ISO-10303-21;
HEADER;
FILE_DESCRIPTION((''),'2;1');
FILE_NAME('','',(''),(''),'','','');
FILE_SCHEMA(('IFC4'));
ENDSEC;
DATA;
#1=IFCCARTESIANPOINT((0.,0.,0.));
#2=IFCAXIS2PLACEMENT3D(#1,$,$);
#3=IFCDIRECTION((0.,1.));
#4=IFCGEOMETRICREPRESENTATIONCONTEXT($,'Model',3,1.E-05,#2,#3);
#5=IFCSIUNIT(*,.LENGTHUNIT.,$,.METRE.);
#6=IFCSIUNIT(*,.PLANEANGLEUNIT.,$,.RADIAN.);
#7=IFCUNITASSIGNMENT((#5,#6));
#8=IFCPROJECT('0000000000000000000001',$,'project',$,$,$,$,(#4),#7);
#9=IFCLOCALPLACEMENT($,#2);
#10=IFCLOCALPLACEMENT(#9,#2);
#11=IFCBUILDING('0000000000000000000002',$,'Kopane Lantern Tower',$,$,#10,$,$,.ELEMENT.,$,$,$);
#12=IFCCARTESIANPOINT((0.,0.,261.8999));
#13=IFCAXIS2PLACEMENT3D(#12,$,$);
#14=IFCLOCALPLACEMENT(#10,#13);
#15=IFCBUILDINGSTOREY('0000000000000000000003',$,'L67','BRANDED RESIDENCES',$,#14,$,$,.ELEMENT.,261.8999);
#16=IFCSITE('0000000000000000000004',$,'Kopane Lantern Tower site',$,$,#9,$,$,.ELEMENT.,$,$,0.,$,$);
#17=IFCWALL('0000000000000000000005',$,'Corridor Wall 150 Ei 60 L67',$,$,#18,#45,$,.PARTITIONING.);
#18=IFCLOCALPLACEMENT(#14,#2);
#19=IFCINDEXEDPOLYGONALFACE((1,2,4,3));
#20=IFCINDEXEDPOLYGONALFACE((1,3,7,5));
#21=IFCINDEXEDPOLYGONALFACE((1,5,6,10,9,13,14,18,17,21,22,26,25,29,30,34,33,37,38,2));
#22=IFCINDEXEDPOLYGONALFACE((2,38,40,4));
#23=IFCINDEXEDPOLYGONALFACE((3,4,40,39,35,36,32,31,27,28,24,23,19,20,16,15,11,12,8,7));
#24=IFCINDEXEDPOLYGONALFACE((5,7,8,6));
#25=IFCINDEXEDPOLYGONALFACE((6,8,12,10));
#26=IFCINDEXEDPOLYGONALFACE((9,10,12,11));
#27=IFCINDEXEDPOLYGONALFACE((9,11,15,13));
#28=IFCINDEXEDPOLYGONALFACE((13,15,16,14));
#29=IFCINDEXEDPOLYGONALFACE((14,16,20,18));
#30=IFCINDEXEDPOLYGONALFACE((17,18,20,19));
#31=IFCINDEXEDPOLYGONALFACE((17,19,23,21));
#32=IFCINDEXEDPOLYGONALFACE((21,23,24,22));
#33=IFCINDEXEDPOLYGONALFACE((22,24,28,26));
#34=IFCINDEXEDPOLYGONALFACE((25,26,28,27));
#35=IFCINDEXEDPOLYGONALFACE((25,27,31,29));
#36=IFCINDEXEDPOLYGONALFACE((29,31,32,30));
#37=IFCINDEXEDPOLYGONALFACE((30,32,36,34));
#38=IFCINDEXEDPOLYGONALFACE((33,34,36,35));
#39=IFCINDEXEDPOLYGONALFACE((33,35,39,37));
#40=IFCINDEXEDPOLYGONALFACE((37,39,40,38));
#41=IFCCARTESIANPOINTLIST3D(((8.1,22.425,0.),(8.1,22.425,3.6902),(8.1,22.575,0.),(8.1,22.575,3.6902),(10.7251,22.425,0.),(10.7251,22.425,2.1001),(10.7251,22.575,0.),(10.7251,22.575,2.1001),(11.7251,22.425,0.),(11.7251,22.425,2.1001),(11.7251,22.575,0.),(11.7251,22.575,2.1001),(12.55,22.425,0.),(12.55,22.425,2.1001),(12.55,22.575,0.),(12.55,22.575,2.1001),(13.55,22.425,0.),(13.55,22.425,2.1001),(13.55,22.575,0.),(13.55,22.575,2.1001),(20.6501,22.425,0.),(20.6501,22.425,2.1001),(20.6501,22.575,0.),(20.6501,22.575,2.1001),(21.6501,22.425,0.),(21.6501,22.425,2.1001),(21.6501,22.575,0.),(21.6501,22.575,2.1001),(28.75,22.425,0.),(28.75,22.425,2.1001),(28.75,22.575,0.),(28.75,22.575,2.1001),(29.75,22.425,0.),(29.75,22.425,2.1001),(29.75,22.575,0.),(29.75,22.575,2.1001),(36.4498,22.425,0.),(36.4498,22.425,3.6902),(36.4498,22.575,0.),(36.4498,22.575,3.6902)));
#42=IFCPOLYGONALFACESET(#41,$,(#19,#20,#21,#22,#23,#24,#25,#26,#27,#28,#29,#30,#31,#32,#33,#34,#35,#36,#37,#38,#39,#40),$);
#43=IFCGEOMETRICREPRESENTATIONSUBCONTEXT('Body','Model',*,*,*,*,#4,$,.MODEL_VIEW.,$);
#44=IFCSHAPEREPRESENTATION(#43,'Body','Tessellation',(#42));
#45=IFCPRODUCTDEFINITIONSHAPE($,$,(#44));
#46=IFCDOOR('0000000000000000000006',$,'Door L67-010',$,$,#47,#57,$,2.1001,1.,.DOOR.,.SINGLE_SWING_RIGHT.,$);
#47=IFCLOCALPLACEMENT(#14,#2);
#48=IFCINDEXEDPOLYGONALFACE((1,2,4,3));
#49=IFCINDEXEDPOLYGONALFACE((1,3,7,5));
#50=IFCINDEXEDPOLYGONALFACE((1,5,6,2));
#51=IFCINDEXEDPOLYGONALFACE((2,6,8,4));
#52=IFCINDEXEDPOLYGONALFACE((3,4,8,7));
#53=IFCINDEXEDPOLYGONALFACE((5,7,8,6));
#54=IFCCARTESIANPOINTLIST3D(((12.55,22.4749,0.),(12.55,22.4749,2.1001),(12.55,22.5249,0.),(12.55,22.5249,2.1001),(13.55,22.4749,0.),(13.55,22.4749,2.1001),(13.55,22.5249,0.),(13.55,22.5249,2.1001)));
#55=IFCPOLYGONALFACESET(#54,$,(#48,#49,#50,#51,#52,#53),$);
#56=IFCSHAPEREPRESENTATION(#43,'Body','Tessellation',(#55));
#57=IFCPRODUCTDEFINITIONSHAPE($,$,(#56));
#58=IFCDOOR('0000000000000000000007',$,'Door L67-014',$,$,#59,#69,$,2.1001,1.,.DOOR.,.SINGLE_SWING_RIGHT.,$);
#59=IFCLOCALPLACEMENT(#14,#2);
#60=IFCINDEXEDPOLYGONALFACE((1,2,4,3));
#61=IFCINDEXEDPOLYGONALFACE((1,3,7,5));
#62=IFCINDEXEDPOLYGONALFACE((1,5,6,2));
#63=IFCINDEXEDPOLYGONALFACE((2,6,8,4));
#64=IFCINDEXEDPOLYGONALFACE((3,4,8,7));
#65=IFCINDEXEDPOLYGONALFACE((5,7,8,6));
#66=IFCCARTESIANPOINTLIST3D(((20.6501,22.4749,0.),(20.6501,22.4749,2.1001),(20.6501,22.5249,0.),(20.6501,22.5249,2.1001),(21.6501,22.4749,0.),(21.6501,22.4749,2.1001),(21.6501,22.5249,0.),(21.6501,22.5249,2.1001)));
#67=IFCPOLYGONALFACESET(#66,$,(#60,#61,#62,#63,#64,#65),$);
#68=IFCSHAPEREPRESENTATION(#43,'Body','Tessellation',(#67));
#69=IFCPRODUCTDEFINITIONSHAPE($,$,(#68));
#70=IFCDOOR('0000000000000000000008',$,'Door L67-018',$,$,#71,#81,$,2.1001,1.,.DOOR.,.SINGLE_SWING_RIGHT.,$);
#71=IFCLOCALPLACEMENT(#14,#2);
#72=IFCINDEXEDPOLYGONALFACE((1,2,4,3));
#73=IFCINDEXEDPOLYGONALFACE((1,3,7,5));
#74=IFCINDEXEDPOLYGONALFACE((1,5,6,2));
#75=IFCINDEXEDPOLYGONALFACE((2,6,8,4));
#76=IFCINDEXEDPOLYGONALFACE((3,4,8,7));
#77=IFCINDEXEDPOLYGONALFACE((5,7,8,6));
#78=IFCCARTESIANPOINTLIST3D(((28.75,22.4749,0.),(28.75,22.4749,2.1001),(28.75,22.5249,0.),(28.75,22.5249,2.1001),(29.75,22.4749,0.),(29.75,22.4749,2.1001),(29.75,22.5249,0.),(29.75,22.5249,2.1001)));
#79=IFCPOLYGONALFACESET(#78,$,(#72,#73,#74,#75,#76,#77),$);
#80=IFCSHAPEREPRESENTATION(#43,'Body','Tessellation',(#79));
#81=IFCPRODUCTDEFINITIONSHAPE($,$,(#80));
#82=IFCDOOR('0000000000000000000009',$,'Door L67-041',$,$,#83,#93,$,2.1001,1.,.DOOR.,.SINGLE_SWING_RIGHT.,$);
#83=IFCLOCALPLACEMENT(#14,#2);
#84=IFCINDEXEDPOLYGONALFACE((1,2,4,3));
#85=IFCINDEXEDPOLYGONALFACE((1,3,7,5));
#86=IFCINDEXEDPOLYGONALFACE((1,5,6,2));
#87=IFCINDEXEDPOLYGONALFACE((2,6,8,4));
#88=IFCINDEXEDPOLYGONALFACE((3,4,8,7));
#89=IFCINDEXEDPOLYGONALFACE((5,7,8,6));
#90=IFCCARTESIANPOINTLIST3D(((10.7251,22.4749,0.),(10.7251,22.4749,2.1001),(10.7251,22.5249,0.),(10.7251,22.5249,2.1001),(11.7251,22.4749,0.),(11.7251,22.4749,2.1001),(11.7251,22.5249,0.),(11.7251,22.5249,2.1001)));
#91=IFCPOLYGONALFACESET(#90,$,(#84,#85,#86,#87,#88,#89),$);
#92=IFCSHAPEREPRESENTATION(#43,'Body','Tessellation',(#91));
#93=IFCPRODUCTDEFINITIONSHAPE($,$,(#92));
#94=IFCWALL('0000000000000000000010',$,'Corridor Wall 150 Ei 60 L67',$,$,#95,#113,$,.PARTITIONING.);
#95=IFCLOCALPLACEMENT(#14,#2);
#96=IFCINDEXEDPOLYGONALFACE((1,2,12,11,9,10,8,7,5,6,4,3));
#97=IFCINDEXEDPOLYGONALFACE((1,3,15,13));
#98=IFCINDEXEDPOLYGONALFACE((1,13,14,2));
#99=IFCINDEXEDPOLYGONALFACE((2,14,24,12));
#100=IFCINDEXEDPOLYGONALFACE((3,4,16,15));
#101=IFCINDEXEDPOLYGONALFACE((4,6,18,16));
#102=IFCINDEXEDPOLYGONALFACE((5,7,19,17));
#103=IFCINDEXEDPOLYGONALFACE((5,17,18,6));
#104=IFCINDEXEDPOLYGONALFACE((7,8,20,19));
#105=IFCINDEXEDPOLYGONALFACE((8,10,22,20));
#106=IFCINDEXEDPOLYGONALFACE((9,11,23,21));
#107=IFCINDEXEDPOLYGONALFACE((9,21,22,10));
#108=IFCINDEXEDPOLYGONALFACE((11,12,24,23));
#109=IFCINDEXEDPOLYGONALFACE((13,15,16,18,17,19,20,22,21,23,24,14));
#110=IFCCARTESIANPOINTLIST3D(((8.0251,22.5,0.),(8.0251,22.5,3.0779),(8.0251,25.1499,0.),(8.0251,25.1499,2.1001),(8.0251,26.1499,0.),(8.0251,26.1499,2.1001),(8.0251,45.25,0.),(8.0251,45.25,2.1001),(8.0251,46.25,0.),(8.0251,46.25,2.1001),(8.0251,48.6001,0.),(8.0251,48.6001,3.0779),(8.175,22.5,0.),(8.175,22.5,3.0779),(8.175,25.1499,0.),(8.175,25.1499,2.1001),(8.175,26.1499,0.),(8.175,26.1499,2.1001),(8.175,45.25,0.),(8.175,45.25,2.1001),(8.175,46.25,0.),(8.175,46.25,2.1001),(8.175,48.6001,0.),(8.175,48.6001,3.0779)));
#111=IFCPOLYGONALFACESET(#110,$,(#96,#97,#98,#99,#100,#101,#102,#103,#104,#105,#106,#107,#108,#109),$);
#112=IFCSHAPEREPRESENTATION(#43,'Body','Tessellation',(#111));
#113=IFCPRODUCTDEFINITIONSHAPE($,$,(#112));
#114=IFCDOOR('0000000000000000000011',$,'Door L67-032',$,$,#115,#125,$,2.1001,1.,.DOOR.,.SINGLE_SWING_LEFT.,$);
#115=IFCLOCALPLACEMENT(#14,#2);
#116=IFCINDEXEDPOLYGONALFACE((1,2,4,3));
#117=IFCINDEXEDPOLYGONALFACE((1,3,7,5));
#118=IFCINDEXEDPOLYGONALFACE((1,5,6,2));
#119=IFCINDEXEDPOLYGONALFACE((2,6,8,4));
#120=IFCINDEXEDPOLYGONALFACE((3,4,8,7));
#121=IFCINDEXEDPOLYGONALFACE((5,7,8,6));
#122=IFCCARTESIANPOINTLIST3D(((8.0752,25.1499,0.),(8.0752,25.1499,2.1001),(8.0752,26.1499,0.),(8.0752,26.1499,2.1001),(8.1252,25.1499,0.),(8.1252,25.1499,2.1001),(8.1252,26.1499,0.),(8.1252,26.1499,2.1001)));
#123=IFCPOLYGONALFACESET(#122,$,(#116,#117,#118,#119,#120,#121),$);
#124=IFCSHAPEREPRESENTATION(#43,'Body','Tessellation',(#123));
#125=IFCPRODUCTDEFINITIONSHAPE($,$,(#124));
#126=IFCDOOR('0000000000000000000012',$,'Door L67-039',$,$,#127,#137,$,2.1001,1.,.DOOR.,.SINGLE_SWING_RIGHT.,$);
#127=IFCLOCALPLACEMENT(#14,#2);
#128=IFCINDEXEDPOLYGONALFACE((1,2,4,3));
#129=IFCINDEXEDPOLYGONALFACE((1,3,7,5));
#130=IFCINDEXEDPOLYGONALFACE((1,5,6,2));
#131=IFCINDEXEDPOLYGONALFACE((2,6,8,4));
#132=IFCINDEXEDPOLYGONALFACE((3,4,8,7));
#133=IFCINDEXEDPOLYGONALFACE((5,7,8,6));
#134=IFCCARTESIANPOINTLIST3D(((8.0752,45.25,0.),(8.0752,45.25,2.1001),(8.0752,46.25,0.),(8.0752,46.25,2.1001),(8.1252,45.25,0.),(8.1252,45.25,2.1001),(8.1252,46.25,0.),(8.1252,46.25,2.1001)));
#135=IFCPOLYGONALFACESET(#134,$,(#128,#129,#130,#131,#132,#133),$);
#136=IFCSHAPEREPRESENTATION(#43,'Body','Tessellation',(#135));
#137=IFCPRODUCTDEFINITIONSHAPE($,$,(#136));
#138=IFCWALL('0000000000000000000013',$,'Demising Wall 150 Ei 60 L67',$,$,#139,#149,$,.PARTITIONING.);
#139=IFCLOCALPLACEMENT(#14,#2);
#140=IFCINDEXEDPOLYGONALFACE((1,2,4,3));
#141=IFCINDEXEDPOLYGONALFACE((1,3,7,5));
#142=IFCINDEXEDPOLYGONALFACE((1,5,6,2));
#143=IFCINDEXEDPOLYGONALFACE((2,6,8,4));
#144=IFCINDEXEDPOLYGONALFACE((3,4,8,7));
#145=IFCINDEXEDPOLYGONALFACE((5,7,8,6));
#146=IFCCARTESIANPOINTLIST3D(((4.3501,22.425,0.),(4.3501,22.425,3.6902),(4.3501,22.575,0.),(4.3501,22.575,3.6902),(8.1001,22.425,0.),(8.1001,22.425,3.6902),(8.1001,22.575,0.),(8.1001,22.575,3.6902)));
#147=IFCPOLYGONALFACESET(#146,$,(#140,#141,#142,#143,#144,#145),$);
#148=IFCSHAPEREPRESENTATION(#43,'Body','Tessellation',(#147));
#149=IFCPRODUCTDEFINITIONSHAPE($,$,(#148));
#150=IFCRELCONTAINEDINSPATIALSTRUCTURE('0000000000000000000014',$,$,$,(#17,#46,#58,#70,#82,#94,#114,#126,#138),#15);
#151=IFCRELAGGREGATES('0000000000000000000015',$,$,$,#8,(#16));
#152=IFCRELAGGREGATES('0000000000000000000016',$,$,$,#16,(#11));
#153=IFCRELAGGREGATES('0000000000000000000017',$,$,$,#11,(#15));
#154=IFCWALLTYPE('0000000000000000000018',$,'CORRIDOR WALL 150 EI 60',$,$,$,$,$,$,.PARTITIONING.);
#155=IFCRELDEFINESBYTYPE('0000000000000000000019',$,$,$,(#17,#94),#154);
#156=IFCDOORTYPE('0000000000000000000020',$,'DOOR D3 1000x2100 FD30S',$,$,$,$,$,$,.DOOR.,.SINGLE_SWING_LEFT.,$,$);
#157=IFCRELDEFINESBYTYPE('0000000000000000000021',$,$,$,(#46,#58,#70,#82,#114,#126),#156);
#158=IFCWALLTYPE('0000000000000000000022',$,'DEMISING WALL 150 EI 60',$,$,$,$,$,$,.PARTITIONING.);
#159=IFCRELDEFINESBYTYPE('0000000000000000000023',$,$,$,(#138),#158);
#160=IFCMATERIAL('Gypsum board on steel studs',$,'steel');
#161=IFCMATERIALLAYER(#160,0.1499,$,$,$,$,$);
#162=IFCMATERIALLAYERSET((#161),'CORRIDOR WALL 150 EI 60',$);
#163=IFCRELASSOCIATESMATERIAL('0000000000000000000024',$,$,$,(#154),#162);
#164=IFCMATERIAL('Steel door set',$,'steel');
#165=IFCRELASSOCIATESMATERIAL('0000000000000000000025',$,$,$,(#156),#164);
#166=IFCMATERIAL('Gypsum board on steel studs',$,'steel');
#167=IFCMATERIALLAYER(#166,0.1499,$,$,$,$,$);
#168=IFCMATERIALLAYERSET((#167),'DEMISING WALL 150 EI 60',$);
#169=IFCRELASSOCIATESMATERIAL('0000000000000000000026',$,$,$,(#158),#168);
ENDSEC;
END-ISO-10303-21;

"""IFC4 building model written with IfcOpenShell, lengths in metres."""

from ifc_helpers import new_model, si_unit, direction, frame, frame_2d, origin, place, context, subcontext, project, spatial, rectangle, extrude, material, layer, layer_set, type_object, element, fill, save


model = new_model("IFC4")

# Units and contexts
model_context = context("Model", 3, precision=1e-05, world=origin(), true_north=direction((0.0, 1.0)))
body_context = subcontext(model_context, "Body", "Model", "MODEL_VIEW")
ifc_project = project(units=[si_unit("LENGTHUNIT", "METRE"), si_unit("PLANEANGLEUNIT", "RADIAN")], contexts=[model_context])

# Site, building, storey
site_placement = place(None, origin())
site = spatial("IfcSite", under=ifc_project, at=site_placement, Name="Kopane Lantern Tower site", CompositionType="ELEMENT", RefElevation=0.0)
building_placement = place(site_placement, origin())
building = spatial("IfcBuilding", under=site, at=building_placement, Name="Kopane Lantern Tower", CompositionType="ELEMENT")
storey_placement = place(building_placement, frame((0.0, 0.0, 261.8999)))
storey = spatial("IfcBuildingStorey", under=building, at=storey_placement, Name="L67", Description="BRANDED RESIDENCES", CompositionType="ELEMENT", Elevation=261.8999)

# Walls, openings, doors
ifc_material_1 = material(Name="Gypsum board on steel studs", Category="steel")
ifc_layer_1 = layer(ifc_material_1, 0.1499)
ifc_layer_set_1 = layer_set([ifc_layer_1], Name="CORRIDOR WALL 150 EI 60")
wall_type_1 = type_object("IfcWallType", Name="CORRIDOR WALL 150 EI 60", PredefinedType="PARTITIONING", material=ifc_layer_set_1)
wall_1_placement = place(storey_placement, frame((8.1001, 22.5, 0.0), z_axis=(0.0, 0.0, 1.0), x_axis=(1.0, 0.0, 0.0)))
wall_1 = element("IfcWall", 1, at=wall_1_placement, inside=storey, type_object=wall_type_1, Name="Corridor Wall 150 Ei 60 L67", PredefinedType="PARTITIONING", context=body_context, shape_type="SweptSolid", body=[
    extrude(rectangle(XDim=28.3499, YDim=0.1499, at=frame_2d((14.1748, 0.0))), origin(), (0.0, 0.0, 1.0), 3.6902),
])
opening_1_placement = place(wall_1_placement, frame((4.45, 0.0, 0.0)))
opening_1 = element("IfcOpeningElement", 2, at=opening_1_placement, cuts=wall_1, PredefinedType="OPENING", context=body_context, shape_type="SweptSolid", body=[
    extrude(rectangle(XDim=1.0, YDim=2.1001, at=frame_2d((0.5, 1.05))), frame((0.0, 0.085, 0.0), z_axis=(0.0, -1.0, 0.0), x_axis=(1.0, 0.0, 0.0)), (0.0, 0.0, 1.0), 0.1699),
])
opening_2_placement = place(wall_1_placement, frame((12.55, 0.0, 0.0)))
opening_2 = element("IfcOpeningElement", 3, at=opening_2_placement, cuts=wall_1, PredefinedType="OPENING", context=body_context, shape_type="SweptSolid", body=[
    extrude(rectangle(XDim=1.0, YDim=2.1001, at=frame_2d((0.5, 1.05))), frame((0.0, 0.085, 0.0), z_axis=(0.0, -1.0, 0.0), x_axis=(1.0, 0.0, 0.0)), (0.0, 0.0, 1.0), 0.1699),
])
opening_3_placement = place(wall_1_placement, frame((20.6499, 0.0, 0.0)))
opening_3 = element("IfcOpeningElement", 4, at=opening_3_placement, cuts=wall_1, PredefinedType="OPENING", context=body_context, shape_type="SweptSolid", body=[
    extrude(rectangle(XDim=1.0, YDim=2.1001, at=frame_2d((0.5, 1.05))), frame((0.0, 0.085, 0.0), z_axis=(0.0, -1.0, 0.0), x_axis=(1.0, 0.0, 0.0)), (0.0, 0.0, 1.0), 0.1699),
])
opening_4_placement = place(wall_1_placement, frame((2.625, 0.0, 0.0)))
opening_4 = element("IfcOpeningElement", 5, at=opening_4_placement, cuts=wall_1, PredefinedType="OPENING", context=body_context, shape_type="SweptSolid", body=[
    extrude(rectangle(XDim=1.0, YDim=2.1001, at=frame_2d((0.5, 1.05))), frame((0.0, 0.085, 0.0), z_axis=(0.0, -1.0, 0.0), x_axis=(1.0, 0.0, 0.0)), (0.0, 0.0, 1.0), 0.1699),
])
ifc_material_2 = material(Name="Steel door set", Category="steel")
door_type_1 = type_object("IfcDoorType", Name="DOOR D3 1000x2100 FD30S", OperationType="SINGLE_SWING_LEFT", PredefinedType="DOOR", material=ifc_material_2)
door_1_placement = place(opening_1_placement, origin())
door_1 = element("IfcDoor", 6, at=door_1_placement, inside=storey, type_object=door_type_1, Name="Door L67-010", OperationType="SINGLE_SWING_RIGHT", OverallHeight=2.1001, OverallWidth=1.0, PredefinedType="DOOR", context=body_context, shape_type="SweptSolid", body=[
    extrude(rectangle(XDim=1.0, YDim=2.1001, at=frame_2d((0.5, 1.05))), frame((0.0, 0.0249, 0.0), z_axis=(0.0, -1.0, 0.0), x_axis=(1.0, 0.0, 0.0)), (0.0, 0.0, 1.0), 0.05),
])
fill(opening_1, door_1)
door_2_placement = place(opening_2_placement, origin())
door_2 = element("IfcDoor", 7, at=door_2_placement, inside=storey, type_object=door_type_1, Name="Door L67-014", OperationType="SINGLE_SWING_RIGHT", OverallHeight=2.1001, OverallWidth=1.0, PredefinedType="DOOR", context=body_context, shape_type="SweptSolid", body=[
    extrude(rectangle(XDim=1.0, YDim=2.1001, at=frame_2d((0.5, 1.05))), frame((0.0, 0.0249, 0.0), z_axis=(0.0, -1.0, 0.0), x_axis=(1.0, 0.0, 0.0)), (0.0, 0.0, 1.0), 0.05),
])
fill(opening_2, door_2)
door_3_placement = place(opening_3_placement, origin())
door_3 = element("IfcDoor", 8, at=door_3_placement, inside=storey, type_object=door_type_1, Name="Door L67-018", OperationType="SINGLE_SWING_RIGHT", OverallHeight=2.1001, OverallWidth=1.0, PredefinedType="DOOR", context=body_context, shape_type="SweptSolid", body=[
    extrude(rectangle(XDim=1.0, YDim=2.1001, at=frame_2d((0.5, 1.05))), frame((0.0, 0.0249, 0.0), z_axis=(0.0, -1.0, 0.0), x_axis=(1.0, 0.0, 0.0)), (0.0, 0.0, 1.0), 0.05),
])
fill(opening_3, door_3)
door_4_placement = place(opening_4_placement, origin())
door_4 = element("IfcDoor", 9, at=door_4_placement, inside=storey, type_object=door_type_1, Name="Door L67-041", OperationType="SINGLE_SWING_RIGHT", OverallHeight=2.1001, OverallWidth=1.0, PredefinedType="DOOR", context=body_context, shape_type="SweptSolid", body=[
    extrude(rectangle(XDim=1.0, YDim=2.1001, at=frame_2d((0.5, 1.05))), frame((0.0, 0.0249, 0.0), z_axis=(0.0, -1.0, 0.0), x_axis=(1.0, 0.0, 0.0)), (0.0, 0.0, 1.0), 0.05),
])
fill(opening_4, door_4)
wall_2_placement = place(storey_placement, frame((8.1001, 22.5, 0.0), z_axis=(0.0, 0.0, 1.0), x_axis=(0.0, 1.0, 0.0)))
wall_2 = element("IfcWall", 10, at=wall_2_placement, inside=storey, type_object=wall_type_1, Name="Corridor Wall 150 Ei 60 L67", PredefinedType="PARTITIONING", context=body_context, shape_type="SweptSolid", body=[
    extrude(rectangle(XDim=26.1001, YDim=0.1499, at=frame_2d((13.05, 0.0))), origin(), (0.0, 0.0, 1.0), 3.0779),
])
opening_5_placement = place(wall_2_placement, frame((2.6499, 0.0, 0.0)))
opening_5 = element("IfcOpeningElement", 11, at=opening_5_placement, cuts=wall_2, PredefinedType="OPENING", context=body_context, shape_type="SweptSolid", body=[
    extrude(rectangle(XDim=1.0, YDim=2.1001, at=frame_2d((0.5, 1.05))), frame((0.0, 0.085, 0.0), z_axis=(0.0, -1.0, 0.0), x_axis=(1.0, 0.0, 0.0)), (0.0, 0.0, 1.0), 0.1699),
])
opening_6_placement = place(wall_2_placement, frame((22.75, 0.0, 0.0)))
opening_6 = element("IfcOpeningElement", 12, at=opening_6_placement, cuts=wall_2, PredefinedType="OPENING", context=body_context, shape_type="SweptSolid", body=[
    extrude(rectangle(XDim=1.0, YDim=2.1001, at=frame_2d((0.5, 1.05))), frame((0.0, 0.085, 0.0), z_axis=(0.0, -1.0, 0.0), x_axis=(1.0, 0.0, 0.0)), (0.0, 0.0, 1.0), 0.1699),
])
door_5_placement = place(opening_5_placement, origin())
door_5 = element("IfcDoor", 13, at=door_5_placement, inside=storey, type_object=door_type_1, Name="Door L67-032", OperationType="SINGLE_SWING_LEFT", OverallHeight=2.1001, OverallWidth=1.0, PredefinedType="DOOR", context=body_context, shape_type="SweptSolid", body=[
    extrude(rectangle(XDim=1.0, YDim=2.1001, at=frame_2d((0.5, 1.05))), frame((0.0, 0.0249, 0.0), z_axis=(0.0, -1.0, 0.0), x_axis=(1.0, 0.0, 0.0)), (0.0, 0.0, 1.0), 0.05),
])
fill(opening_5, door_5)
door_6_placement = place(opening_6_placement, origin())
door_6 = element("IfcDoor", 14, at=door_6_placement, inside=storey, type_object=door_type_1, Name="Door L67-039", OperationType="SINGLE_SWING_RIGHT", OverallHeight=2.1001, OverallWidth=1.0, PredefinedType="DOOR", context=body_context, shape_type="SweptSolid", body=[
    extrude(rectangle(XDim=1.0, YDim=2.1001, at=frame_2d((0.5, 1.05))), frame((0.0, 0.0249, 0.0), z_axis=(0.0, -1.0, 0.0), x_axis=(1.0, 0.0, 0.0)), (0.0, 0.0, 1.0), 0.05),
])
fill(opening_6, door_6)

# Wall
ifc_material_3 = material(Name="Gypsum board on steel studs", Category="steel")
ifc_layer_2 = layer(ifc_material_3, 0.1499)
ifc_layer_set_2 = layer_set([ifc_layer_2], Name="DEMISING WALL 150 EI 60")
wall_type_2 = type_object("IfcWallType", Name="DEMISING WALL 150 EI 60", PredefinedType="PARTITIONING", material=ifc_layer_set_2)
wall_3_placement = place(storey_placement, frame((4.3501, 22.5, 0.0), z_axis=(0.0, 0.0, 1.0), x_axis=(1.0, 0.0, 0.0)))
element("IfcWall", 15, at=wall_3_placement, inside=storey, type_object=wall_type_2, Name="Demising Wall 150 Ei 60 L67", PredefinedType="PARTITIONING", context=body_context, shape_type="SweptSolid", body=[
    extrude(rectangle(XDim=3.75, YDim=0.1499, at=frame_2d((1.875, 0.0))), origin(), (0.0, 0.0, 1.0), 3.6902),
])

save(model, "model.ifc")
